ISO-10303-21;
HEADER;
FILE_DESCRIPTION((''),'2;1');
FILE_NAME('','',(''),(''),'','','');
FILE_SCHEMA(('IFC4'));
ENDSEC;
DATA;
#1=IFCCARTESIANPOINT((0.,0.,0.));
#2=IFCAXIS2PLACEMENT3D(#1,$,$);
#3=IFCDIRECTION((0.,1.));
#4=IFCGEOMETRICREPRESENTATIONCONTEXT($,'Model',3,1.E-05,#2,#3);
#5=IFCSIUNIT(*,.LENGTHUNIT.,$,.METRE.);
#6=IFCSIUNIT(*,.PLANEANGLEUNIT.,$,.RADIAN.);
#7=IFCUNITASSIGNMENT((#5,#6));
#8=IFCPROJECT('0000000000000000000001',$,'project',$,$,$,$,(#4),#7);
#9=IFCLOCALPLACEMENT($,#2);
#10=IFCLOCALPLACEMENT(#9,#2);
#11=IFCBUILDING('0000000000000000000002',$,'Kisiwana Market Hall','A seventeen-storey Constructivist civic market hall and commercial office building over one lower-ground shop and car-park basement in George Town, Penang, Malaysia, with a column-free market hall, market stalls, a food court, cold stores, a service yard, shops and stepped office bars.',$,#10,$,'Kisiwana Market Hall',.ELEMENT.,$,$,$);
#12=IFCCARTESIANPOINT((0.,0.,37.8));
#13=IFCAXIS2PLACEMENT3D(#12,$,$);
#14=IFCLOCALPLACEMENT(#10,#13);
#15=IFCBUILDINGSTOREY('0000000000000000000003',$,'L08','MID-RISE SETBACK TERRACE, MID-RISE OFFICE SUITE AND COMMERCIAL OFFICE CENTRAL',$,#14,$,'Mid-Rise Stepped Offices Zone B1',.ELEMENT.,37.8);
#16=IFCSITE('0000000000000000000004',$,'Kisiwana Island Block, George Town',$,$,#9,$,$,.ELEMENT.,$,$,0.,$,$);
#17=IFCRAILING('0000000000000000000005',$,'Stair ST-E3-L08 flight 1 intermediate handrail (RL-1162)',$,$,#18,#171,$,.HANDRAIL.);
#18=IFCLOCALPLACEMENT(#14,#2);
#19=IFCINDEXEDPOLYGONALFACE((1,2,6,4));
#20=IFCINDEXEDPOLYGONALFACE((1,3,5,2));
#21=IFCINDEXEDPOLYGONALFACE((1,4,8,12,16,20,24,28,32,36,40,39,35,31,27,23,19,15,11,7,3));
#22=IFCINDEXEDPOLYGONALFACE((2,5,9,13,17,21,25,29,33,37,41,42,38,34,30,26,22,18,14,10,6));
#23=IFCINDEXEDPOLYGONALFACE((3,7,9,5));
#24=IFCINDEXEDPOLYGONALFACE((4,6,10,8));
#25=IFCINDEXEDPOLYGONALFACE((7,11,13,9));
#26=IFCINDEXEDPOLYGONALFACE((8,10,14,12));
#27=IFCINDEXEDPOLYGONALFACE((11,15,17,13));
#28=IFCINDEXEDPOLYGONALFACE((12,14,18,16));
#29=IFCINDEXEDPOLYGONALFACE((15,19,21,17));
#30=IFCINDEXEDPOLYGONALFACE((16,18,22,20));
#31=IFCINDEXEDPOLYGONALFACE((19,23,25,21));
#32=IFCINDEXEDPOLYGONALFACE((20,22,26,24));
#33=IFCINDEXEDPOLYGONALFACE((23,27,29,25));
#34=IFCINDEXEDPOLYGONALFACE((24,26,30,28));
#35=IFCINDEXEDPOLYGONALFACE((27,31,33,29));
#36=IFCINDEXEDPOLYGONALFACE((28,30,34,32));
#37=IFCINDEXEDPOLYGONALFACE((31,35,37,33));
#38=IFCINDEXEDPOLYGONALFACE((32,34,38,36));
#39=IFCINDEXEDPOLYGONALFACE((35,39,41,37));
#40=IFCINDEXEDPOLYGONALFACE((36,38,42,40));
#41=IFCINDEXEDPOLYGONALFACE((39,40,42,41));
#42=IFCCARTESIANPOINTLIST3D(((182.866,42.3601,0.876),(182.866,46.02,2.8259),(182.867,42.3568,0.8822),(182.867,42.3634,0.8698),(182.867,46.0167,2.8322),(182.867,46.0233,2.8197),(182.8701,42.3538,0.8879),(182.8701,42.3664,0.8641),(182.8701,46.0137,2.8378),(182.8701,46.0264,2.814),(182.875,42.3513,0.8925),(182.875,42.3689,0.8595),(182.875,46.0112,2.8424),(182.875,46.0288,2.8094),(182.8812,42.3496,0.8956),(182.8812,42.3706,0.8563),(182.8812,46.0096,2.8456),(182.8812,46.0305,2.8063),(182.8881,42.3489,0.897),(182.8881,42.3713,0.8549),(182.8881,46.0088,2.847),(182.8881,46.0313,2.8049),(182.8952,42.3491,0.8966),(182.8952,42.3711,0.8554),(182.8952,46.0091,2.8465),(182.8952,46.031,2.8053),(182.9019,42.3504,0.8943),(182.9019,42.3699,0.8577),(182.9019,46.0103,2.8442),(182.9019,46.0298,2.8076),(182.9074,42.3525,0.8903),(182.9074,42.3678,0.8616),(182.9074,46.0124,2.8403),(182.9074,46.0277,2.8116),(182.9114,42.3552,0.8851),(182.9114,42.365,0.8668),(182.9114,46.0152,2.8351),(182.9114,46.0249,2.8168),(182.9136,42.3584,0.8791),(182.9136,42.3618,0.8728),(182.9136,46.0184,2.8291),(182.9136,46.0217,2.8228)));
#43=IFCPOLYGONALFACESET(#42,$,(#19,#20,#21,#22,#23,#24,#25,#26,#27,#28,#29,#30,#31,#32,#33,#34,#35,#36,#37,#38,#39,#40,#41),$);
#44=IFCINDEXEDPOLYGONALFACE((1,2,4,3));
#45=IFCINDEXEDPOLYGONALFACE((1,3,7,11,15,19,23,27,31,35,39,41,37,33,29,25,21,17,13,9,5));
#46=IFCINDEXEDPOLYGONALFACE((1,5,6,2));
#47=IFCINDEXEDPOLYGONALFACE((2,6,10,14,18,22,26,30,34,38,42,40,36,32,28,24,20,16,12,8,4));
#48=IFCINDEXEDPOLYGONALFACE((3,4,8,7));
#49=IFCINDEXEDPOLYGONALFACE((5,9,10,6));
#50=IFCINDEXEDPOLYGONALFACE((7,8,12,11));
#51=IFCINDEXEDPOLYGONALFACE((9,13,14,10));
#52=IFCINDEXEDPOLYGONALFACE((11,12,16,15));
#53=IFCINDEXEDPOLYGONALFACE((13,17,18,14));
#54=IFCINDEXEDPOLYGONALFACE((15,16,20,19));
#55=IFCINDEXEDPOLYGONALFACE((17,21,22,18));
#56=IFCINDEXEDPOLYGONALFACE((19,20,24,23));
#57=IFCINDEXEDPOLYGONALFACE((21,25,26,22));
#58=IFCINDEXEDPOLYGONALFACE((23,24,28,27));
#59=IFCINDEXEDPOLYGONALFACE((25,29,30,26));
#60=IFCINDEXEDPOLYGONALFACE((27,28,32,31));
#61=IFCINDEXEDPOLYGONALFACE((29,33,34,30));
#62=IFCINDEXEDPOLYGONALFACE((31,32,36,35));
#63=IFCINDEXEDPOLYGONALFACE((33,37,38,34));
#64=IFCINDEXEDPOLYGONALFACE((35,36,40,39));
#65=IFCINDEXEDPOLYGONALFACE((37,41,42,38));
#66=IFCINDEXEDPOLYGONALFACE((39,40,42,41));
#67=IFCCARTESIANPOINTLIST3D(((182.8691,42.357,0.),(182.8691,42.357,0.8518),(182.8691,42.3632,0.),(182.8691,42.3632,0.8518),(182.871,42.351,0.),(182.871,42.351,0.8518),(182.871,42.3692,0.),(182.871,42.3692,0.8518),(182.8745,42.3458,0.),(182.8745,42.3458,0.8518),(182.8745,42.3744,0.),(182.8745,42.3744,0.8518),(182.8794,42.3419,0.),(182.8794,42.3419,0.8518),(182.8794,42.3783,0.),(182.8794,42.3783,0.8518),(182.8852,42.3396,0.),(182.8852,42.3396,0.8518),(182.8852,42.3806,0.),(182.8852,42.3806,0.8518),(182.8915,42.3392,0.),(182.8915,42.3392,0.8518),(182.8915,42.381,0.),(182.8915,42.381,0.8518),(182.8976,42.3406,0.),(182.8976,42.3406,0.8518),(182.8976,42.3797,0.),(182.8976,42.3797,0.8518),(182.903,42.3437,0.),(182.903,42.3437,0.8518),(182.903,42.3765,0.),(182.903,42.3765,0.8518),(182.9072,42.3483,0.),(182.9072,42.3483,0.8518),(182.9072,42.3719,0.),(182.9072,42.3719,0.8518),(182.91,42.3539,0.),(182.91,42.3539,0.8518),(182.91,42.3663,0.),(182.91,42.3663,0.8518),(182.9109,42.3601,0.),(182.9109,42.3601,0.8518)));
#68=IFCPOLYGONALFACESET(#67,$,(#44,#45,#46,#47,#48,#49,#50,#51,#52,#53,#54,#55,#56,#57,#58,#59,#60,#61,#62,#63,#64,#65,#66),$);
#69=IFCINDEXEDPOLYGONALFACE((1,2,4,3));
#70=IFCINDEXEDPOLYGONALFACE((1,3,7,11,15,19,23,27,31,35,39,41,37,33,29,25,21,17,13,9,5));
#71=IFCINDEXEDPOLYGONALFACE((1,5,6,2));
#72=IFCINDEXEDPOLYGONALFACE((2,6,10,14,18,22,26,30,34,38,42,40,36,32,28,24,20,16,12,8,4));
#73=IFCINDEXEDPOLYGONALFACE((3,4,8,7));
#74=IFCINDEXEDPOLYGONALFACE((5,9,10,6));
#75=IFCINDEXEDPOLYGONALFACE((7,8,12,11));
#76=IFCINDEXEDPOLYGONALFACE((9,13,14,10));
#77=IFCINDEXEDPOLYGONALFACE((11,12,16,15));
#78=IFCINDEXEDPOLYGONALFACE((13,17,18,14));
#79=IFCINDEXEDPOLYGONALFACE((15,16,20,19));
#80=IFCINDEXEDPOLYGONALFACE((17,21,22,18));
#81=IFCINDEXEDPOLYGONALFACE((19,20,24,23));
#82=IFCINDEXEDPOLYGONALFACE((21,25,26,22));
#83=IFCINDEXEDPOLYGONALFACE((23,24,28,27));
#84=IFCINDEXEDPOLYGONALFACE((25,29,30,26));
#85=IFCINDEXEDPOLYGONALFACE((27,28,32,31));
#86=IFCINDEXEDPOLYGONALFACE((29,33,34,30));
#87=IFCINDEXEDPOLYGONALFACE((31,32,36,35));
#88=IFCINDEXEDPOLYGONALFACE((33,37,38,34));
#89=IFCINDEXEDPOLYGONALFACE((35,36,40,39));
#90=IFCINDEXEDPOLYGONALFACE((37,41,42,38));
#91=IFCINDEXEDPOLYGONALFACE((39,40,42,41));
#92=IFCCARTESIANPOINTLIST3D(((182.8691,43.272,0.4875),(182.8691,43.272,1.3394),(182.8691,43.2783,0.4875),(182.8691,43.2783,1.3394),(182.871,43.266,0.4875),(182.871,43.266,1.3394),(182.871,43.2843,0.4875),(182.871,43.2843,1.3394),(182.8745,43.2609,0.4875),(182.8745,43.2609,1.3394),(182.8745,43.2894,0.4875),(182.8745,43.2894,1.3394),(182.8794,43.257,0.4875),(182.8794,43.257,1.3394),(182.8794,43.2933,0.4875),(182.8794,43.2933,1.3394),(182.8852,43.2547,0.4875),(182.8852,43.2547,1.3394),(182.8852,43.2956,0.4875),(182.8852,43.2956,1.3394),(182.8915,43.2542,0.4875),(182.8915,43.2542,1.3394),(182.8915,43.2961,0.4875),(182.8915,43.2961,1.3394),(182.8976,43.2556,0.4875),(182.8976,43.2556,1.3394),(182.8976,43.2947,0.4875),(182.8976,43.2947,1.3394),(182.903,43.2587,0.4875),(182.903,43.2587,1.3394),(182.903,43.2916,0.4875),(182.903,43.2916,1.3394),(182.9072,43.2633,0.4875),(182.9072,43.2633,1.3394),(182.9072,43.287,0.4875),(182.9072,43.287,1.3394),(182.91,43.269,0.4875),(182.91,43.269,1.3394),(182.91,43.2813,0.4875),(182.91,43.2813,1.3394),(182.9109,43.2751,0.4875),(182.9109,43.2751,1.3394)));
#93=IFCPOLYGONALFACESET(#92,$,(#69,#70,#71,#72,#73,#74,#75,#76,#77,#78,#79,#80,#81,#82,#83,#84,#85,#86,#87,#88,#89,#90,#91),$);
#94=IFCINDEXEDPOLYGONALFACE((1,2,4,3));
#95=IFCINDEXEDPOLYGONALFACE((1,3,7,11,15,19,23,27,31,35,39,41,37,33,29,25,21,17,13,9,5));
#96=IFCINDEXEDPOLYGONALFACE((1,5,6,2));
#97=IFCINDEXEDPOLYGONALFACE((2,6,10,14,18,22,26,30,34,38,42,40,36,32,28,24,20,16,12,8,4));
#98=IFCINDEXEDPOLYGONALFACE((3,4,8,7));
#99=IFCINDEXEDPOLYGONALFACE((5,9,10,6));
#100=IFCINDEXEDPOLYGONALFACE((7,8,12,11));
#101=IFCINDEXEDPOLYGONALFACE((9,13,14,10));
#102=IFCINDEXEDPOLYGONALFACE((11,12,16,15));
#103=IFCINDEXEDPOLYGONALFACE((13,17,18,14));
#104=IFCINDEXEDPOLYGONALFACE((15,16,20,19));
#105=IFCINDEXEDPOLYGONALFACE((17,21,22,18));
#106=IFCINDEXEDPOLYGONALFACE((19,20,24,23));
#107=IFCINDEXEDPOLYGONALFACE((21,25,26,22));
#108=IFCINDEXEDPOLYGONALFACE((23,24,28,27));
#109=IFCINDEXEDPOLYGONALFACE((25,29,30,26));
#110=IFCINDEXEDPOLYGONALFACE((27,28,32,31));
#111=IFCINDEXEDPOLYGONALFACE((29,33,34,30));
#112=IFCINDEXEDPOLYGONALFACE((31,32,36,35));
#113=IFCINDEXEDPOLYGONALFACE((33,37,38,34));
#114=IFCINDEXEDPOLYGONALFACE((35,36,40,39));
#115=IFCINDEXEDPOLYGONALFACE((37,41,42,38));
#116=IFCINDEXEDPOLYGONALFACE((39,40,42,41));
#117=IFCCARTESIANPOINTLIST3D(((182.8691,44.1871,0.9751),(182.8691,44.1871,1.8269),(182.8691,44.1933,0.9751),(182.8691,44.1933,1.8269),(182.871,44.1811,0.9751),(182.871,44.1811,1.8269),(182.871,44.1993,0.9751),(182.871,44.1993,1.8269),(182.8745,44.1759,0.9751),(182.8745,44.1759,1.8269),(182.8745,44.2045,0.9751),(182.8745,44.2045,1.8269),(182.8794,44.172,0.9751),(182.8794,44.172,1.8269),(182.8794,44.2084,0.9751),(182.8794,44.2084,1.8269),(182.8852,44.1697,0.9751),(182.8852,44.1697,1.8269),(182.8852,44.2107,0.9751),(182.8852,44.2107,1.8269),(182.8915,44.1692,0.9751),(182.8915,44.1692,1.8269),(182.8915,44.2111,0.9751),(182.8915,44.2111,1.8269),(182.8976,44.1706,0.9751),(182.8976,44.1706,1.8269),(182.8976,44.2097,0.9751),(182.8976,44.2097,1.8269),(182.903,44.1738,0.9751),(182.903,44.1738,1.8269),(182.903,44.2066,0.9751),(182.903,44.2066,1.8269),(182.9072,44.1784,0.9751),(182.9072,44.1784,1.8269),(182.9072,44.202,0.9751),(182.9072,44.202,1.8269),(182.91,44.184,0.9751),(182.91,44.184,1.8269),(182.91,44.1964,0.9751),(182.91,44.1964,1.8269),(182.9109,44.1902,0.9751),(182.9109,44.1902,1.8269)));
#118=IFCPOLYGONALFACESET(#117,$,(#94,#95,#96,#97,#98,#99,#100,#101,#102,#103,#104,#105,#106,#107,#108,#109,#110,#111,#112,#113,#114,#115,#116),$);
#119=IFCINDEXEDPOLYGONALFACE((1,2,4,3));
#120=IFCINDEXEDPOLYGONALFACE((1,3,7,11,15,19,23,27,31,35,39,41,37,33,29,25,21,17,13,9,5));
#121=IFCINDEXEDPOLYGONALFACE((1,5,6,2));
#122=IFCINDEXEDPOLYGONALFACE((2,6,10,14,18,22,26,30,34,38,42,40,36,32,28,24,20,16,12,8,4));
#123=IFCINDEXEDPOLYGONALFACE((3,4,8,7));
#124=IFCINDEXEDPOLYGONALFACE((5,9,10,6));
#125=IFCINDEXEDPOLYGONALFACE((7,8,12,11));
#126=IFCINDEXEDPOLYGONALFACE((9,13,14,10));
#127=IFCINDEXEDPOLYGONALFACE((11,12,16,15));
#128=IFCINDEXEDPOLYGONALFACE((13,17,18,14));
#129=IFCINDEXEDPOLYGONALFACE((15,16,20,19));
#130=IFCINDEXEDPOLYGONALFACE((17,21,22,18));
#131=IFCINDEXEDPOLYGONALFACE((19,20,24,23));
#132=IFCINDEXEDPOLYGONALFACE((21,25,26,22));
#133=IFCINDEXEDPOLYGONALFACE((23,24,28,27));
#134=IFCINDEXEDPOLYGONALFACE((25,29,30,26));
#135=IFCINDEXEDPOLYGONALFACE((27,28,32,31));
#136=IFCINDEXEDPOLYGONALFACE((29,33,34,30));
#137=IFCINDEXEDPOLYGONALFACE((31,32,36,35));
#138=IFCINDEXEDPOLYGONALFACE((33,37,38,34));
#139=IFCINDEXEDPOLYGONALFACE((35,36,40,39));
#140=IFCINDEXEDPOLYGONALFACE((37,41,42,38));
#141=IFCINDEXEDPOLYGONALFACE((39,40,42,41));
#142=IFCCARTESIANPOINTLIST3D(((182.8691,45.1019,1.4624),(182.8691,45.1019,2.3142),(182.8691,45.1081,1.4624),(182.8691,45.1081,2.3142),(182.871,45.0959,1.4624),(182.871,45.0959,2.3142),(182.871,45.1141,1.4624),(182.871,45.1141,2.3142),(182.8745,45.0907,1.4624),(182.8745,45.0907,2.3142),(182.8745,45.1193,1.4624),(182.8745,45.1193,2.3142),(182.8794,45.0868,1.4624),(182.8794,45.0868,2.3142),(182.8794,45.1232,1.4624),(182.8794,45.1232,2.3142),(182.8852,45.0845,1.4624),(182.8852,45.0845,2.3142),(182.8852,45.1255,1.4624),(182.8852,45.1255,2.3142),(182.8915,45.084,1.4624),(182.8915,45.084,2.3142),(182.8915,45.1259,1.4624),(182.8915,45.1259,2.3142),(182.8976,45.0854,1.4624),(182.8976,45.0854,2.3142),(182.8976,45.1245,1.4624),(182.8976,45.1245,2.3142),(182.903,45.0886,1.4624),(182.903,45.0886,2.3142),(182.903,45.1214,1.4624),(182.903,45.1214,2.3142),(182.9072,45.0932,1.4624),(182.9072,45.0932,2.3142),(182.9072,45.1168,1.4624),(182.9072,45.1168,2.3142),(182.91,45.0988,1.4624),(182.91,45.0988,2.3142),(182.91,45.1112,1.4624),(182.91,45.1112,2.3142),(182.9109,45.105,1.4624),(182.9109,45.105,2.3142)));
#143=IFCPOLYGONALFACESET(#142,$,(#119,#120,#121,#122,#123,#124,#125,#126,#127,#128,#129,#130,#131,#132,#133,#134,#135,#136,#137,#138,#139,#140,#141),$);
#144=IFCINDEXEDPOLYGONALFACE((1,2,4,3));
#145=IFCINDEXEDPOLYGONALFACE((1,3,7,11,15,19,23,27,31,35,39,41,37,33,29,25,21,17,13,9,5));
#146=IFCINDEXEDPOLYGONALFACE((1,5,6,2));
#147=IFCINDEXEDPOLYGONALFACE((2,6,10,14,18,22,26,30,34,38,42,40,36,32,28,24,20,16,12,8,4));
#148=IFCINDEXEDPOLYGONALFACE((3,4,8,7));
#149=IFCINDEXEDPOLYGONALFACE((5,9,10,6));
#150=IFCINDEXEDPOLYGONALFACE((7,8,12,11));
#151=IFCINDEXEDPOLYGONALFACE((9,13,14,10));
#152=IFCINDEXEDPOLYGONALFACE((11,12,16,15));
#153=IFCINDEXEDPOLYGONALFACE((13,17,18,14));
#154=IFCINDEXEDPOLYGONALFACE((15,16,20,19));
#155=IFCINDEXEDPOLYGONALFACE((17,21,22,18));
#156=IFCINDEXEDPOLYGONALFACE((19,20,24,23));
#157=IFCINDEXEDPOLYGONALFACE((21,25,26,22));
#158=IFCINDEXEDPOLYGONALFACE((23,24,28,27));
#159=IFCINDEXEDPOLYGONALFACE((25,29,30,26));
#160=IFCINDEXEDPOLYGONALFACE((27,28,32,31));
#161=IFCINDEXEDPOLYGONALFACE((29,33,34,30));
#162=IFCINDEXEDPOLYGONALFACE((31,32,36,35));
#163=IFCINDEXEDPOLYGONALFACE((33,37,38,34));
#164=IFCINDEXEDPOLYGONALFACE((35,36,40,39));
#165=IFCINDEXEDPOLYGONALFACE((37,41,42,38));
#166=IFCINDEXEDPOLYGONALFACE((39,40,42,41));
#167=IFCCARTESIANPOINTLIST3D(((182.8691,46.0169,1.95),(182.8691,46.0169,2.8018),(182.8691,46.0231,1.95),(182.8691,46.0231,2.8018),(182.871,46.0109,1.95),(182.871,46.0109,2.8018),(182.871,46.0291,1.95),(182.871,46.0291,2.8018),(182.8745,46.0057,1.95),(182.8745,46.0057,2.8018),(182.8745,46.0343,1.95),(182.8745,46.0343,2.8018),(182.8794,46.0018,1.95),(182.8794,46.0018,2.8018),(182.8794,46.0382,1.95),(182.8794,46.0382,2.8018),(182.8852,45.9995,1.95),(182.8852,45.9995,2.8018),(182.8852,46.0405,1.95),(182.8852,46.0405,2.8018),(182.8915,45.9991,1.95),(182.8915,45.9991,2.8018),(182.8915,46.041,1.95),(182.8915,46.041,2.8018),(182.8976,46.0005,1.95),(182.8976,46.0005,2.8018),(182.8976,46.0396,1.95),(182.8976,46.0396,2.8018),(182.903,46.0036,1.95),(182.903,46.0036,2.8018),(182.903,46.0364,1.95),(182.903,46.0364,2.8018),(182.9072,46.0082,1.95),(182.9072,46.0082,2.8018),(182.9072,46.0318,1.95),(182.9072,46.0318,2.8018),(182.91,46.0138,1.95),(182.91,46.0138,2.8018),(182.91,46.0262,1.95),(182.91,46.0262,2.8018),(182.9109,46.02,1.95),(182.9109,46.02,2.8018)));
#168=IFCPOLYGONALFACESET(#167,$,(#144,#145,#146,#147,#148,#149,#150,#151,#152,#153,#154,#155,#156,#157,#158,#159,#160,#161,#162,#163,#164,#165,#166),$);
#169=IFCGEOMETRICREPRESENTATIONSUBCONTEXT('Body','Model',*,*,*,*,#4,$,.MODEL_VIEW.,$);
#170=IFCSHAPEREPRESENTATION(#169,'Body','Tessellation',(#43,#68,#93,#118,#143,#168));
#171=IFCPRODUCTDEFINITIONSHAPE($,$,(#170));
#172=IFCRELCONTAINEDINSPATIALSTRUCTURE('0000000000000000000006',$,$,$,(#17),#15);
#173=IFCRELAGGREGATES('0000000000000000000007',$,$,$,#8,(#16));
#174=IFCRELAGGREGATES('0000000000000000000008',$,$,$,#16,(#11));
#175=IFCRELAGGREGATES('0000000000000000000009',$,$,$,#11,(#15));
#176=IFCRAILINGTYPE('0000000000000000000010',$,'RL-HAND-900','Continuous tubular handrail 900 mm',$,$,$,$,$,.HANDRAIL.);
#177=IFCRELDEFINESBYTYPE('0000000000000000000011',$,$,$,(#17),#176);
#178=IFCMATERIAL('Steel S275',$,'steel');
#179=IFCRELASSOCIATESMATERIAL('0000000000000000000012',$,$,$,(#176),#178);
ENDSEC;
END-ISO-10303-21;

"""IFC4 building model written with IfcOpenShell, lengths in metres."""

from ifc_helpers import new_model, si_unit, direction, frame, origin, origin_2d, place, context, subcontext, project, spatial, circle, extrude, material, type_object, element, save


model = new_model("IFC4")

# Units and contexts
model_context = context("Model", 3, precision=1e-05, world=origin(), true_north=direction((0.0, 1.0)))
body_context = subcontext(model_context, "Body", "Model", "MODEL_VIEW")
ifc_project = project(units=[si_unit("LENGTHUNIT", "METRE"), si_unit("PLANEANGLEUNIT", "RADIAN")], contexts=[model_context])

# Site, building, storey
site_placement = place(None, origin())
site = spatial("IfcSite", under=ifc_project, at=site_placement, Name="Kisiwana Island Block, George Town", CompositionType="ELEMENT", RefElevation=0.0)
building_placement = place(site_placement, origin())
building = spatial("IfcBuilding", under=site, at=building_placement, Name="Kisiwana Market Hall", Description="A seventeen-storey Constructivist civic market hall and commercial office building over one lower-ground shop and car-park basement in George Town, Penang, Malaysia, with a column-free market hall, market stalls, a food court, cold stores, a service yard, shops and stepped office bars.", LongName="Kisiwana Market Hall", CompositionType="ELEMENT")
storey_placement = place(building_placement, frame((0.0, 0.0, 37.8)))
storey = spatial("IfcBuildingStorey", under=building, at=storey_placement, Name="L08", Description="MID-RISE SETBACK TERRACE, MID-RISE OFFICE SUITE AND COMMERCIAL OFFICE CENTRAL", LongName="Mid-Rise Stepped Offices Zone B1", CompositionType="ELEMENT", Elevation=37.8)

# Railing
ifc_material_1 = material(Name="Steel S275", Category="steel")
railing_type_1 = type_object("IfcRailingType", Name="RL-HAND-900", Description="Continuous tubular handrail 900 mm", PredefinedType="HANDRAIL", material=ifc_material_1)
railing_1_placement = place(storey_placement, frame((182.8899, 42.3601, 0.0)))
element("IfcRailing", 1, at=railing_1_placement, inside=storey, type_object=railing_type_1, Name="Stair ST-E3-L08 flight 1 intermediate handrail (RL-1162)", PredefinedType="HANDRAIL", context=body_context, shape_type="SweptSolid", body=[
    extrude(circle(Radius=0.0239, at=origin_2d()), frame((0.0, 0.0, 0.876), z_axis=(0.0, 0.882553, 0.470212), x_axis=(-1.0, 0.0, 0.0)), (0.0, 0.0, 1.0), 4.147),
    extrude(circle(Radius=0.021, at=origin_2d()), origin(), (0.0, 0.0, 1.0), 0.8518),
    extrude(circle(Radius=0.021, at=origin_2d()), frame((0.0, 0.915, 0.4875)), (0.0, 0.0, 1.0), 0.8518),
    extrude(circle(Radius=0.021, at=origin_2d()), frame((0.0, 1.8301, 0.9751)), (0.0, 0.0, 1.0), 0.8518),
    extrude(circle(Radius=0.021, at=origin_2d()), frame((0.0, 2.7449, 1.4624)), (0.0, 0.0, 1.0), 0.8518),
    extrude(circle(Radius=0.021, at=origin_2d()), frame((0.0, 3.6599, 1.95)), (0.0, 0.0, 1.0), 0.8518),
])

save(model, "model.ifc")
